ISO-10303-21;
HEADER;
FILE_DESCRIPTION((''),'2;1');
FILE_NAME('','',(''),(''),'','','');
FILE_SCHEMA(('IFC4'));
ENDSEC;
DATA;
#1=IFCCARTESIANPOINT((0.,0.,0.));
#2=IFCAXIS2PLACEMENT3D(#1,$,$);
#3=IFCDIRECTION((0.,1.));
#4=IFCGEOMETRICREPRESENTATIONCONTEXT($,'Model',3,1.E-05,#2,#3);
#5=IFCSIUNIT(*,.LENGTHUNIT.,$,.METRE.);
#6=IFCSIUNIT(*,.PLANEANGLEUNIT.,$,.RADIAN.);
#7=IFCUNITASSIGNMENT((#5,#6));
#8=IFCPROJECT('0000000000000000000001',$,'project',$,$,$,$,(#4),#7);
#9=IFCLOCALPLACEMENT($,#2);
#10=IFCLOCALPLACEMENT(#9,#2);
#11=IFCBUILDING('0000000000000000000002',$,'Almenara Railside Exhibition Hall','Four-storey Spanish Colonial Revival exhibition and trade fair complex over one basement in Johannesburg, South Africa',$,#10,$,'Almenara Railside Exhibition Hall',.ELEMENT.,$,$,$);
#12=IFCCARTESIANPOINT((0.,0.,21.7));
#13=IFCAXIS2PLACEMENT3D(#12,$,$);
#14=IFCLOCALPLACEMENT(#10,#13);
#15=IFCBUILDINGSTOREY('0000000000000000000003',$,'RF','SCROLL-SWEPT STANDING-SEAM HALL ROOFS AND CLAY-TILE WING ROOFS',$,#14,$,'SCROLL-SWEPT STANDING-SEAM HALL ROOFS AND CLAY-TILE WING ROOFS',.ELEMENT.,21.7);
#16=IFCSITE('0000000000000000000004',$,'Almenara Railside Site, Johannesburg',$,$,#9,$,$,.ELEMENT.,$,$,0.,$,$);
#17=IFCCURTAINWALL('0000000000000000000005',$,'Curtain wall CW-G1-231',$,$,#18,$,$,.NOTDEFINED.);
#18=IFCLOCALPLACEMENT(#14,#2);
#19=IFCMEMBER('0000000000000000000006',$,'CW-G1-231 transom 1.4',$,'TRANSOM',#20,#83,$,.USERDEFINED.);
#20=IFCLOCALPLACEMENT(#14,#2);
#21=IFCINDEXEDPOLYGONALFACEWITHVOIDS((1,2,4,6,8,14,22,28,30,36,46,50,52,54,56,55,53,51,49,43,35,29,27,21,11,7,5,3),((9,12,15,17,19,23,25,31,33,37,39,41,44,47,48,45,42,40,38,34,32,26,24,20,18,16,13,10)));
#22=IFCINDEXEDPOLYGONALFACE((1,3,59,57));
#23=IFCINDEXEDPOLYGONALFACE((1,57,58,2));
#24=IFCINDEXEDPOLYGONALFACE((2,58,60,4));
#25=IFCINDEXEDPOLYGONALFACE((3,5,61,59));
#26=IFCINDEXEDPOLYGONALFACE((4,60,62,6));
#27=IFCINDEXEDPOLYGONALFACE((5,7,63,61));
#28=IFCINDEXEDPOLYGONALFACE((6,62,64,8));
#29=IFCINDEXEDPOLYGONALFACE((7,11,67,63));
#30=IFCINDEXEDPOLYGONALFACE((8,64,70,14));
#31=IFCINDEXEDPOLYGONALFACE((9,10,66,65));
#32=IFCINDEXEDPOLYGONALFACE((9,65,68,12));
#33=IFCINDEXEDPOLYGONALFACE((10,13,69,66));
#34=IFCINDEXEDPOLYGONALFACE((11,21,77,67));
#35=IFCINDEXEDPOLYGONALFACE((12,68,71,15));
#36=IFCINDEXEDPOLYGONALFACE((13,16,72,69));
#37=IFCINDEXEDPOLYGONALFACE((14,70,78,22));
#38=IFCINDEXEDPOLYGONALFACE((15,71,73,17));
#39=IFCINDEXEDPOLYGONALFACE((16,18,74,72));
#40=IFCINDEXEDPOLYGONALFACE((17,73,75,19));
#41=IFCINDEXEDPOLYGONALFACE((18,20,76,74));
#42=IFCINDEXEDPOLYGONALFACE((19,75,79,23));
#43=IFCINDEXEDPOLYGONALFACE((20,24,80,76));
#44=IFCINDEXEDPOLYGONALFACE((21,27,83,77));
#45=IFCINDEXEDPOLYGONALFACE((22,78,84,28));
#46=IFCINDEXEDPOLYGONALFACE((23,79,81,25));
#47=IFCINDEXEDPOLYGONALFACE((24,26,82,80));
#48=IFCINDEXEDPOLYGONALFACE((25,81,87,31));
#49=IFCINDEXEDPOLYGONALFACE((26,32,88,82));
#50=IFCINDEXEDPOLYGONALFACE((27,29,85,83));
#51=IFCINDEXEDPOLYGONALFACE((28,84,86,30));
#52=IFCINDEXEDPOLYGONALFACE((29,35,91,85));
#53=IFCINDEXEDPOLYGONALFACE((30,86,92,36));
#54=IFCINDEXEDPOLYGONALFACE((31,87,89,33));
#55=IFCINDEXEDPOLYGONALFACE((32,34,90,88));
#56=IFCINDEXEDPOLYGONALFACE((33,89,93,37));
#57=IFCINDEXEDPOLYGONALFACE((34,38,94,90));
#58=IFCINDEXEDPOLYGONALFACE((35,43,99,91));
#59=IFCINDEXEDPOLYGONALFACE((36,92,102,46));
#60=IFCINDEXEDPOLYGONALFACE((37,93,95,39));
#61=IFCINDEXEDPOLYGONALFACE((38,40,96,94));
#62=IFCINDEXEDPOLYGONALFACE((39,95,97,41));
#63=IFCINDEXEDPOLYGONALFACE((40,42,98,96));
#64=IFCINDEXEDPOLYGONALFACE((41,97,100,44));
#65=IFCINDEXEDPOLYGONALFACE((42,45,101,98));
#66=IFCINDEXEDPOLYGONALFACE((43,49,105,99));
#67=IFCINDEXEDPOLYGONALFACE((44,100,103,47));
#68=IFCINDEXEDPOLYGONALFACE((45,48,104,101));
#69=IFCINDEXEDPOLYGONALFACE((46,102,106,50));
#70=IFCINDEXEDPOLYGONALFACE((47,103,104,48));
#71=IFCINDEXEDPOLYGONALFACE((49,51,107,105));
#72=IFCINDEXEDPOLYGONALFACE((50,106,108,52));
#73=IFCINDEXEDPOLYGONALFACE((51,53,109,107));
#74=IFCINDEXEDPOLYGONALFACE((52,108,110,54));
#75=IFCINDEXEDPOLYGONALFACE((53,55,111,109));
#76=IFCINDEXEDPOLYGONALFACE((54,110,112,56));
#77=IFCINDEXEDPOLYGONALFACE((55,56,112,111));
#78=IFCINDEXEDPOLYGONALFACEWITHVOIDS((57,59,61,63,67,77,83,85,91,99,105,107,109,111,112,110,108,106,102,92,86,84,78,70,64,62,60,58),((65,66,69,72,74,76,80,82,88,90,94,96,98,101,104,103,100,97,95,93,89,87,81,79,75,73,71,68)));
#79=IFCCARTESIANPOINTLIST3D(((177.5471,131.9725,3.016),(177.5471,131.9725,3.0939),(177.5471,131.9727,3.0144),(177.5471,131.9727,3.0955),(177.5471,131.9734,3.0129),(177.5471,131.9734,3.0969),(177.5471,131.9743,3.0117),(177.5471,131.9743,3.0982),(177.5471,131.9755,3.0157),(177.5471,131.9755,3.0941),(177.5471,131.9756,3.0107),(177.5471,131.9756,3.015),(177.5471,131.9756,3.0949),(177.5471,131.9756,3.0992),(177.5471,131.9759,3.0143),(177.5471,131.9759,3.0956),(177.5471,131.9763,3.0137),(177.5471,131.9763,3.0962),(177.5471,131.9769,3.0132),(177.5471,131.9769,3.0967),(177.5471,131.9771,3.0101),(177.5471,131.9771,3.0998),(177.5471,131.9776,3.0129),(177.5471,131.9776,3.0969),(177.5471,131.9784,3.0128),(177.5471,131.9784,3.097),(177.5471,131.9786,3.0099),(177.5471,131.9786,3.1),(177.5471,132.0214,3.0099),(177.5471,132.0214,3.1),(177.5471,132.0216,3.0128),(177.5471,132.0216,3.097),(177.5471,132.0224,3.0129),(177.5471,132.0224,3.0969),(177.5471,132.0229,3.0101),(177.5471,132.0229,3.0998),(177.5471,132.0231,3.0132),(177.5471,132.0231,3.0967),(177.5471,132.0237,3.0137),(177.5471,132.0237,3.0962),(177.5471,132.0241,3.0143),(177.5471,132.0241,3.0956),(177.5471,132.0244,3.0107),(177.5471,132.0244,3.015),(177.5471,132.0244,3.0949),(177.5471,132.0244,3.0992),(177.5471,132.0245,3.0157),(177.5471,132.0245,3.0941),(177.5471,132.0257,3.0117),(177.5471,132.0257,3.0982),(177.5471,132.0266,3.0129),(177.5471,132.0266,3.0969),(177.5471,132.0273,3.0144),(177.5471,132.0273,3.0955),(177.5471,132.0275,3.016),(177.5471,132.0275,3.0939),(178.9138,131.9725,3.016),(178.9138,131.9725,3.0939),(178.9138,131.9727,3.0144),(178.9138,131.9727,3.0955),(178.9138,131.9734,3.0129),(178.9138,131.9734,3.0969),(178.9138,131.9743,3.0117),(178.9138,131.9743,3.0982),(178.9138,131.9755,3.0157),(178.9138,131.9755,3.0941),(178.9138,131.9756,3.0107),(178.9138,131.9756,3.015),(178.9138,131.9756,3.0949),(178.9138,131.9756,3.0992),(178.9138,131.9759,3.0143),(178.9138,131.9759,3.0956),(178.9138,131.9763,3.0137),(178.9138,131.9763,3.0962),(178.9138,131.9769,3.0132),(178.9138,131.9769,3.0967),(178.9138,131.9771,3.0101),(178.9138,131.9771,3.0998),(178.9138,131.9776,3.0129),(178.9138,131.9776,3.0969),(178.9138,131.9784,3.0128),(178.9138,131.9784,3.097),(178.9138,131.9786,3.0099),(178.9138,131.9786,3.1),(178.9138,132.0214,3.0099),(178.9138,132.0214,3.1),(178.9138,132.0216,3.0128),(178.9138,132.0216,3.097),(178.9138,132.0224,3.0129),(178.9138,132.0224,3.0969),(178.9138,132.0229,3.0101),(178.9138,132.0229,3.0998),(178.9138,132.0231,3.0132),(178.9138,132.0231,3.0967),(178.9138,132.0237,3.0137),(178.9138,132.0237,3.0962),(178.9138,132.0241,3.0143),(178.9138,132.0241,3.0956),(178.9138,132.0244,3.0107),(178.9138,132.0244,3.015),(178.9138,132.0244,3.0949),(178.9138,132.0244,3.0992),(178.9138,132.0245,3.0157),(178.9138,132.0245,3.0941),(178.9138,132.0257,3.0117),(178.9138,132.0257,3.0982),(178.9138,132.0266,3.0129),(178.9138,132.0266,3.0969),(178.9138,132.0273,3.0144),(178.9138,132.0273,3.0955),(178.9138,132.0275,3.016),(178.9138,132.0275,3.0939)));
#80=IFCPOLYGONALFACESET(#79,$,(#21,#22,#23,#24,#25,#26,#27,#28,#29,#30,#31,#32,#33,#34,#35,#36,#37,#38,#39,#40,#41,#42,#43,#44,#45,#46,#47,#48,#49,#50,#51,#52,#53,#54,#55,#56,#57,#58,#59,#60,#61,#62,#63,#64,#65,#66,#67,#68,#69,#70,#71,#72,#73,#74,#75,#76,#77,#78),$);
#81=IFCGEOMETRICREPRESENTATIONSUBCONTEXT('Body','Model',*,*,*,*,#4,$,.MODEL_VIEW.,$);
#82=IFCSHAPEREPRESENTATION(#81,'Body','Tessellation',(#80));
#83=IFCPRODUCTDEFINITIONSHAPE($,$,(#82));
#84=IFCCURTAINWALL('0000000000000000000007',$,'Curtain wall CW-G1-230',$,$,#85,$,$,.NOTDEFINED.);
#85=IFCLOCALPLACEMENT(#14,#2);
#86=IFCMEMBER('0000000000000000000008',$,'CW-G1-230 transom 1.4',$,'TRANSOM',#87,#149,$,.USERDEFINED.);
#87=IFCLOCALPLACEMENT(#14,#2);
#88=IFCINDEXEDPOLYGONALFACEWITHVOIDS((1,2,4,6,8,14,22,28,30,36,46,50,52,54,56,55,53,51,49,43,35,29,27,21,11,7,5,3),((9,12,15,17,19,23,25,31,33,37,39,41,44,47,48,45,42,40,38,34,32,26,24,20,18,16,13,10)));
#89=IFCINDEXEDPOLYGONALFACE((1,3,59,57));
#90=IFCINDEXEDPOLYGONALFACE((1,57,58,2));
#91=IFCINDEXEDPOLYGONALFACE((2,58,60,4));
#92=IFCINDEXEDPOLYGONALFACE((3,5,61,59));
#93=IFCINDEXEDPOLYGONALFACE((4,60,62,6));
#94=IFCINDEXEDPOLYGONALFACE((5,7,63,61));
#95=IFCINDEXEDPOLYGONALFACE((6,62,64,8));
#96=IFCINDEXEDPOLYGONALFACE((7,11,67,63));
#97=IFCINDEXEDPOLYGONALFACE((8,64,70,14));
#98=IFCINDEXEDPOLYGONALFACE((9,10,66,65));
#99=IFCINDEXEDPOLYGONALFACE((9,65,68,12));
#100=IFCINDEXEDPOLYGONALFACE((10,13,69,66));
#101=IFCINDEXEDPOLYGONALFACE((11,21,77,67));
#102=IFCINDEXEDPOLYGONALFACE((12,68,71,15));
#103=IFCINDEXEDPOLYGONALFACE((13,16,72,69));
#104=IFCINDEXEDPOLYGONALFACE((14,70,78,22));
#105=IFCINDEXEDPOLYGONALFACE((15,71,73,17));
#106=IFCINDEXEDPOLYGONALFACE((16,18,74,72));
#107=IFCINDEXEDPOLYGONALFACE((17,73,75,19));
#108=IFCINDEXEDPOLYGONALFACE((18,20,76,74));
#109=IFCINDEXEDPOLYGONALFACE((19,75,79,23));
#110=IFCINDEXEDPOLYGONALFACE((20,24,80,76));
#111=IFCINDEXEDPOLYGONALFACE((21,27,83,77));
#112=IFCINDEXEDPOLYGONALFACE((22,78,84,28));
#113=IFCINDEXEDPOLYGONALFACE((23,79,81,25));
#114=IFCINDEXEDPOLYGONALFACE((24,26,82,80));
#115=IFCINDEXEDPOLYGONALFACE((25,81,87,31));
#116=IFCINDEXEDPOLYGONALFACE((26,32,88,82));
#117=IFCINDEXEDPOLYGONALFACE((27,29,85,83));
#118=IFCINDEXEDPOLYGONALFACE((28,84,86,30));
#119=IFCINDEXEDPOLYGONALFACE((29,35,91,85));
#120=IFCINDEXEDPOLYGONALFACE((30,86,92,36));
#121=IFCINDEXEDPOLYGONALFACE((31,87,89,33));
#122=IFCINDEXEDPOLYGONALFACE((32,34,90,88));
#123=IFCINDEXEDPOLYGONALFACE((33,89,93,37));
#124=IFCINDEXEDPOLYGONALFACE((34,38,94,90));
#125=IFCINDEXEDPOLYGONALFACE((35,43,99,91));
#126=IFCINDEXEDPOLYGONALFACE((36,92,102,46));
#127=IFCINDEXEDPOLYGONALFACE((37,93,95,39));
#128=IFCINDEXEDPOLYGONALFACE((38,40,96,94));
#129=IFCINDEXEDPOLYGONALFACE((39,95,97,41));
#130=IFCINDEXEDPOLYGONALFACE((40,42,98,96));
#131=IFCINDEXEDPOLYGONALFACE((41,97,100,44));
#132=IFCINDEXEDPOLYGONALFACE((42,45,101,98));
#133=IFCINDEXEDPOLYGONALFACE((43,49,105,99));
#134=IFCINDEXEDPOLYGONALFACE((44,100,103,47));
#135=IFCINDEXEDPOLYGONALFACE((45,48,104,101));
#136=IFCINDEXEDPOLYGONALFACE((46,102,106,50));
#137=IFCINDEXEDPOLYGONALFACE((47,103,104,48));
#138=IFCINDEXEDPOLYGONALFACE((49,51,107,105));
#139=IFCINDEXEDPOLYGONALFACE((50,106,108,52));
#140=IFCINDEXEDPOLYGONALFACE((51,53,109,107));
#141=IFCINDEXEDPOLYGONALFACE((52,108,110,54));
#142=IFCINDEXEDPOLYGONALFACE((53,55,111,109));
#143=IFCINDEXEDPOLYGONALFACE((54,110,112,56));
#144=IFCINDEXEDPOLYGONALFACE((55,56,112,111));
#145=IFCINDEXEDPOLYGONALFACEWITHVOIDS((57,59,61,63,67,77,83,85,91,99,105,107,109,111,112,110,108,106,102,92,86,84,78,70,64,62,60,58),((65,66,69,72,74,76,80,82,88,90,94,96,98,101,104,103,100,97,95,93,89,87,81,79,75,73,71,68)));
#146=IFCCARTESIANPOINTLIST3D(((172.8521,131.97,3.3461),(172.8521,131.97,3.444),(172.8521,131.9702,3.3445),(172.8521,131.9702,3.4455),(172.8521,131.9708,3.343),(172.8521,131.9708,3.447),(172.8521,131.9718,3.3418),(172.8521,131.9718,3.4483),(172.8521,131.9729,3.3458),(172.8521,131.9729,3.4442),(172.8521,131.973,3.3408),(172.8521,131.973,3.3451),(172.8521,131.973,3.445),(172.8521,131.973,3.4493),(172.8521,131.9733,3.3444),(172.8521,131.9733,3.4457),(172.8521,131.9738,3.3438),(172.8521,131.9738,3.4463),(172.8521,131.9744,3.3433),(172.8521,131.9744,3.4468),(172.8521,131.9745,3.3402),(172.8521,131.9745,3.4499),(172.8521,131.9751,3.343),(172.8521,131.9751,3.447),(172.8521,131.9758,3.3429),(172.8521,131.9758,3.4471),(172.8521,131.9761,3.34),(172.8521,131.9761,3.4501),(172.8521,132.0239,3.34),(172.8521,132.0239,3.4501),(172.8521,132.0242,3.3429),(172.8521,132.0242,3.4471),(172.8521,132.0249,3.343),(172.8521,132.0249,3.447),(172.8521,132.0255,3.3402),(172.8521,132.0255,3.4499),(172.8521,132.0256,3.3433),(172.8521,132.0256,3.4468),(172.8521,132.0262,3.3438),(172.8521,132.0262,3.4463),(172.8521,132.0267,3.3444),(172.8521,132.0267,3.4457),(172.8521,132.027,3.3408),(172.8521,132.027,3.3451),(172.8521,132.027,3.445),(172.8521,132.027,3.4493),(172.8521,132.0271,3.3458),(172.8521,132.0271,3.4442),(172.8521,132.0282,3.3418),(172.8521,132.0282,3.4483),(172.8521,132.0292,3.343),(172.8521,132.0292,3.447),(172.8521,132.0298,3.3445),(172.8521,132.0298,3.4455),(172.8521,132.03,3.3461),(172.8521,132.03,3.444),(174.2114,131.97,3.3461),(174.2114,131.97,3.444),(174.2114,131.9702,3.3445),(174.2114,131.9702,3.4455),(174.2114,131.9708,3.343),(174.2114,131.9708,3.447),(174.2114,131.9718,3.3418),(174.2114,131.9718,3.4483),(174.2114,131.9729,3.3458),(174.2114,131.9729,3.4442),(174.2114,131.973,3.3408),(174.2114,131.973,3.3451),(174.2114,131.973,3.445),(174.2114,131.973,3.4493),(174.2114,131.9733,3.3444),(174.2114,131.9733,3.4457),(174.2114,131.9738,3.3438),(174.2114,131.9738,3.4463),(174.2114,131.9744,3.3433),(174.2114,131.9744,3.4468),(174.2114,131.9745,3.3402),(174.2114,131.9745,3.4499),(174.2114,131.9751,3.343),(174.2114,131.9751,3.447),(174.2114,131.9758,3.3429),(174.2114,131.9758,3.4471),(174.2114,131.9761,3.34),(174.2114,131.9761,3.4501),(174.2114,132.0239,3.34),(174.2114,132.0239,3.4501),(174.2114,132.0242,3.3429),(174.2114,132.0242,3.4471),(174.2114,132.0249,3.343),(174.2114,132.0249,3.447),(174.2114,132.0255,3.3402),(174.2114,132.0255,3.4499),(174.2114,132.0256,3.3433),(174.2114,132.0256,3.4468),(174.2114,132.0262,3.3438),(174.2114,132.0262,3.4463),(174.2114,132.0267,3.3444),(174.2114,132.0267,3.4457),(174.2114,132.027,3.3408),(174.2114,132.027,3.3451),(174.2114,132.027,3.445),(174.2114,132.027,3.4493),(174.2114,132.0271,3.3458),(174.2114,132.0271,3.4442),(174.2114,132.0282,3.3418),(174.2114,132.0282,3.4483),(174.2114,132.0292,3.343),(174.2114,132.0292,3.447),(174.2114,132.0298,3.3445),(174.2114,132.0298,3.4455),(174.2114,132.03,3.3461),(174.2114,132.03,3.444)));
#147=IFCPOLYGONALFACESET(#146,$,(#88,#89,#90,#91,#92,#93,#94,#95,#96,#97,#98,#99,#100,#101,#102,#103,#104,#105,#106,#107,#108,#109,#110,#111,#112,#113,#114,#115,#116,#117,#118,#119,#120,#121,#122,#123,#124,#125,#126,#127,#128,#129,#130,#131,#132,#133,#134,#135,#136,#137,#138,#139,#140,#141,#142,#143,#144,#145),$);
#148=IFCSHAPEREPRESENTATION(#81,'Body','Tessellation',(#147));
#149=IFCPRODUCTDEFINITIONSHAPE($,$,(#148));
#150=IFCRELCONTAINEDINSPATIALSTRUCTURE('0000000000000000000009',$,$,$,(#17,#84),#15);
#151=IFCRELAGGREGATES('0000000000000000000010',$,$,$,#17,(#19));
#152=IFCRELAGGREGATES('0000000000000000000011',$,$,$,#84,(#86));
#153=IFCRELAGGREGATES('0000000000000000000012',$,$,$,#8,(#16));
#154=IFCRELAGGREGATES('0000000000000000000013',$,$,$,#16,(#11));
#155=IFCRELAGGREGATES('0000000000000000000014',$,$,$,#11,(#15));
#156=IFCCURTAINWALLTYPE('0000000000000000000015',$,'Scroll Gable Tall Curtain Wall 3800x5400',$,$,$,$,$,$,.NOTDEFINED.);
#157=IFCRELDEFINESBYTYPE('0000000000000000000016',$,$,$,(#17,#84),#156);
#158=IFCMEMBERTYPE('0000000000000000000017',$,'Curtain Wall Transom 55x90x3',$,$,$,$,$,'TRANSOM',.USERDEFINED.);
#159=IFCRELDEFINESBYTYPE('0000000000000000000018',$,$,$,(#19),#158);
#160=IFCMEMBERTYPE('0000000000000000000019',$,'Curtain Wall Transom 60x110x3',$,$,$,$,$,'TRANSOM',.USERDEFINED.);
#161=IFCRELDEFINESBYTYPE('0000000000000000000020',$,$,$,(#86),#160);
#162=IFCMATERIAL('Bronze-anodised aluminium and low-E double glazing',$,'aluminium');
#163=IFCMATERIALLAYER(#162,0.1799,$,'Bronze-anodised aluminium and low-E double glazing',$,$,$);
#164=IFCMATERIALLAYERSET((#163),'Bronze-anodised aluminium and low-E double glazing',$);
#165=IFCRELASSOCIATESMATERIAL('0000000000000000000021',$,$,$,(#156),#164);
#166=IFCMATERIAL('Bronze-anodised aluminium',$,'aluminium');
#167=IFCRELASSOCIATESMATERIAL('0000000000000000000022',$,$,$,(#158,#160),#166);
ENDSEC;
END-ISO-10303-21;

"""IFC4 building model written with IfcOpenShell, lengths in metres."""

from ifc_helpers import new_model, si_unit, direction, frame, origin, origin_2d, place, context, subcontext, project, spatial, hollow_rectangle, extrude, material, layer, layer_set, material_profile, profile_set, type_object, element, aggregate, save


model = new_model("IFC4")

# Units and contexts
model_context = context("Model", 3, precision=1e-05, world=origin(), true_north=direction((0.0, 1.0)))
body_context = subcontext(model_context, "Body", "Model", "MODEL_VIEW")
ifc_project = project(units=[si_unit("LENGTHUNIT", "METRE"), si_unit("PLANEANGLEUNIT", "RADIAN")], contexts=[model_context])

# Site, building, storey
site_placement = place(None, origin())
site = spatial("IfcSite", under=ifc_project, at=site_placement, Name="Almenara Railside Site, Johannesburg", CompositionType="ELEMENT", RefElevation=0.0)
building_placement = place(site_placement, origin())
building = spatial("IfcBuilding", under=site, at=building_placement, Name="Almenara Railside Exhibition Hall", Description="Four-storey Spanish Colonial Revival exhibition and trade fair complex over one basement in Johannesburg, South Africa", LongName="Almenara Railside Exhibition Hall", CompositionType="ELEMENT")
storey_placement = place(building_placement, frame((0.0, 0.0, 21.7)))
storey = spatial("IfcBuildingStorey", under=building, at=storey_placement, Name="RF", Description="SCROLL-SWEPT STANDING-SEAM HALL ROOFS AND CLAY-TILE WING ROOFS", LongName="SCROLL-SWEPT STANDING-SEAM HALL ROOFS AND CLAY-TILE WING ROOFS", CompositionType="ELEMENT", Elevation=21.7)

# Curtain wall, member
ifc_material_1 = material(Name="Bronze-anodised aluminium and low-E double glazing", Category="aluminium")
ifc_layer_1 = layer(ifc_material_1, 0.1799, Name="Bronze-anodised aluminium and low-E double glazing")
ifc_layer_set_1 = layer_set([ifc_layer_1], Name="Bronze-anodised aluminium and low-E double glazing")
curtain_wall_type = type_object("IfcCurtainWallType", Name="Scroll Gable Tall Curtain Wall 3800x5400", PredefinedType="NOTDEFINED", material=ifc_layer_set_1)
curtain_wall_1_placement = place(storey_placement, origin())
curtain_wall_1 = element("IfcCurtainWall", 1, at=curtain_wall_1_placement, inside=storey, type_object=curtain_wall_type, Name="Curtain wall CW-G1-231", PredefinedType="NOTDEFINED")
ifc_material_2 = material(Name="Bronze-anodised aluminium", Category="aluminium")
ifc_material_profile_1 = material_profile(ifc_material_2, hollow_rectangle(XDim=0.0549, YDim=0.0901, WallThickness=0.0029, InnerFilletRadius=0.0029, OuterFilletRadius=0.0061, at=origin_2d()), Name="ALU-TRN 55x90x3")
ifc_profile_set_1 = profile_set([ifc_material_profile_1], Name="Bronze-anodised aluminium")
member_type_1 = type_object("IfcMemberType", Name="Curtain Wall Transom 55x90x3", ElementType="TRANSOM", PredefinedType="USERDEFINED", material=ifc_profile_set_1)
member_1_placement = place(storey_placement, frame((177.5471, 132.0, 3.0549), z_axis=(1.0, 0.0, 0.0), x_axis=(0.0, 1.0, 0.0)))
member_1 = element("IfcMember", 2, at=member_1_placement, type_object=member_type_1, Name="CW-G1-231 transom 1.4", ObjectType="TRANSOM", PredefinedType="USERDEFINED", context=body_context, shape_type="SweptSolid", body=[
    extrude(hollow_rectangle(XDim=0.0549, YDim=0.0901, WallThickness=0.0029, InnerFilletRadius=0.0029, OuterFilletRadius=0.0061, at=origin_2d()), origin(), (0.0, 0.0, 1.0), 1.3667),
])
aggregate(curtain_wall_1, [member_1])

# Curtain wall, member
curtain_wall_2_placement = place(storey_placement, origin())
curtain_wall_2 = element("IfcCurtainWall", 3, at=curtain_wall_2_placement, inside=storey, type_object=curtain_wall_type, Name="Curtain wall CW-G1-230", PredefinedType="NOTDEFINED")
ifc_material_profile_2 = material_profile(ifc_material_2, hollow_rectangle(XDim=0.0601, YDim=0.1101, WallThickness=0.0029, InnerFilletRadius=0.0029, OuterFilletRadius=0.0061, at=origin_2d()), Name="ALU-TRN 60x110x3")
ifc_profile_set_2 = profile_set([ifc_material_profile_2], Name="Bronze-anodised aluminium")
member_type_2 = type_object("IfcMemberType", Name="Curtain Wall Transom 60x110x3", ElementType="TRANSOM", PredefinedType="USERDEFINED", material=ifc_profile_set_2)
member_2_placement = place(storey_placement, frame((172.8521, 132.0, 3.395), z_axis=(1.0, 0.0, 0.0), x_axis=(0.0, 1.0, 0.0)))
member_2 = element("IfcMember", 4, at=member_2_placement, type_object=member_type_2, Name="CW-G1-230 transom 1.4", ObjectType="TRANSOM", PredefinedType="USERDEFINED", context=body_context, shape_type="SweptSolid", body=[
    extrude(hollow_rectangle(XDim=0.0601, YDim=0.1101, WallThickness=0.0029, InnerFilletRadius=0.0029, OuterFilletRadius=0.0061, at=origin_2d()), origin(), (0.0, 0.0, 1.0), 1.3594),
])

aggregate(curtain_wall_2, [member_2])

save(model, "model.ifc")
